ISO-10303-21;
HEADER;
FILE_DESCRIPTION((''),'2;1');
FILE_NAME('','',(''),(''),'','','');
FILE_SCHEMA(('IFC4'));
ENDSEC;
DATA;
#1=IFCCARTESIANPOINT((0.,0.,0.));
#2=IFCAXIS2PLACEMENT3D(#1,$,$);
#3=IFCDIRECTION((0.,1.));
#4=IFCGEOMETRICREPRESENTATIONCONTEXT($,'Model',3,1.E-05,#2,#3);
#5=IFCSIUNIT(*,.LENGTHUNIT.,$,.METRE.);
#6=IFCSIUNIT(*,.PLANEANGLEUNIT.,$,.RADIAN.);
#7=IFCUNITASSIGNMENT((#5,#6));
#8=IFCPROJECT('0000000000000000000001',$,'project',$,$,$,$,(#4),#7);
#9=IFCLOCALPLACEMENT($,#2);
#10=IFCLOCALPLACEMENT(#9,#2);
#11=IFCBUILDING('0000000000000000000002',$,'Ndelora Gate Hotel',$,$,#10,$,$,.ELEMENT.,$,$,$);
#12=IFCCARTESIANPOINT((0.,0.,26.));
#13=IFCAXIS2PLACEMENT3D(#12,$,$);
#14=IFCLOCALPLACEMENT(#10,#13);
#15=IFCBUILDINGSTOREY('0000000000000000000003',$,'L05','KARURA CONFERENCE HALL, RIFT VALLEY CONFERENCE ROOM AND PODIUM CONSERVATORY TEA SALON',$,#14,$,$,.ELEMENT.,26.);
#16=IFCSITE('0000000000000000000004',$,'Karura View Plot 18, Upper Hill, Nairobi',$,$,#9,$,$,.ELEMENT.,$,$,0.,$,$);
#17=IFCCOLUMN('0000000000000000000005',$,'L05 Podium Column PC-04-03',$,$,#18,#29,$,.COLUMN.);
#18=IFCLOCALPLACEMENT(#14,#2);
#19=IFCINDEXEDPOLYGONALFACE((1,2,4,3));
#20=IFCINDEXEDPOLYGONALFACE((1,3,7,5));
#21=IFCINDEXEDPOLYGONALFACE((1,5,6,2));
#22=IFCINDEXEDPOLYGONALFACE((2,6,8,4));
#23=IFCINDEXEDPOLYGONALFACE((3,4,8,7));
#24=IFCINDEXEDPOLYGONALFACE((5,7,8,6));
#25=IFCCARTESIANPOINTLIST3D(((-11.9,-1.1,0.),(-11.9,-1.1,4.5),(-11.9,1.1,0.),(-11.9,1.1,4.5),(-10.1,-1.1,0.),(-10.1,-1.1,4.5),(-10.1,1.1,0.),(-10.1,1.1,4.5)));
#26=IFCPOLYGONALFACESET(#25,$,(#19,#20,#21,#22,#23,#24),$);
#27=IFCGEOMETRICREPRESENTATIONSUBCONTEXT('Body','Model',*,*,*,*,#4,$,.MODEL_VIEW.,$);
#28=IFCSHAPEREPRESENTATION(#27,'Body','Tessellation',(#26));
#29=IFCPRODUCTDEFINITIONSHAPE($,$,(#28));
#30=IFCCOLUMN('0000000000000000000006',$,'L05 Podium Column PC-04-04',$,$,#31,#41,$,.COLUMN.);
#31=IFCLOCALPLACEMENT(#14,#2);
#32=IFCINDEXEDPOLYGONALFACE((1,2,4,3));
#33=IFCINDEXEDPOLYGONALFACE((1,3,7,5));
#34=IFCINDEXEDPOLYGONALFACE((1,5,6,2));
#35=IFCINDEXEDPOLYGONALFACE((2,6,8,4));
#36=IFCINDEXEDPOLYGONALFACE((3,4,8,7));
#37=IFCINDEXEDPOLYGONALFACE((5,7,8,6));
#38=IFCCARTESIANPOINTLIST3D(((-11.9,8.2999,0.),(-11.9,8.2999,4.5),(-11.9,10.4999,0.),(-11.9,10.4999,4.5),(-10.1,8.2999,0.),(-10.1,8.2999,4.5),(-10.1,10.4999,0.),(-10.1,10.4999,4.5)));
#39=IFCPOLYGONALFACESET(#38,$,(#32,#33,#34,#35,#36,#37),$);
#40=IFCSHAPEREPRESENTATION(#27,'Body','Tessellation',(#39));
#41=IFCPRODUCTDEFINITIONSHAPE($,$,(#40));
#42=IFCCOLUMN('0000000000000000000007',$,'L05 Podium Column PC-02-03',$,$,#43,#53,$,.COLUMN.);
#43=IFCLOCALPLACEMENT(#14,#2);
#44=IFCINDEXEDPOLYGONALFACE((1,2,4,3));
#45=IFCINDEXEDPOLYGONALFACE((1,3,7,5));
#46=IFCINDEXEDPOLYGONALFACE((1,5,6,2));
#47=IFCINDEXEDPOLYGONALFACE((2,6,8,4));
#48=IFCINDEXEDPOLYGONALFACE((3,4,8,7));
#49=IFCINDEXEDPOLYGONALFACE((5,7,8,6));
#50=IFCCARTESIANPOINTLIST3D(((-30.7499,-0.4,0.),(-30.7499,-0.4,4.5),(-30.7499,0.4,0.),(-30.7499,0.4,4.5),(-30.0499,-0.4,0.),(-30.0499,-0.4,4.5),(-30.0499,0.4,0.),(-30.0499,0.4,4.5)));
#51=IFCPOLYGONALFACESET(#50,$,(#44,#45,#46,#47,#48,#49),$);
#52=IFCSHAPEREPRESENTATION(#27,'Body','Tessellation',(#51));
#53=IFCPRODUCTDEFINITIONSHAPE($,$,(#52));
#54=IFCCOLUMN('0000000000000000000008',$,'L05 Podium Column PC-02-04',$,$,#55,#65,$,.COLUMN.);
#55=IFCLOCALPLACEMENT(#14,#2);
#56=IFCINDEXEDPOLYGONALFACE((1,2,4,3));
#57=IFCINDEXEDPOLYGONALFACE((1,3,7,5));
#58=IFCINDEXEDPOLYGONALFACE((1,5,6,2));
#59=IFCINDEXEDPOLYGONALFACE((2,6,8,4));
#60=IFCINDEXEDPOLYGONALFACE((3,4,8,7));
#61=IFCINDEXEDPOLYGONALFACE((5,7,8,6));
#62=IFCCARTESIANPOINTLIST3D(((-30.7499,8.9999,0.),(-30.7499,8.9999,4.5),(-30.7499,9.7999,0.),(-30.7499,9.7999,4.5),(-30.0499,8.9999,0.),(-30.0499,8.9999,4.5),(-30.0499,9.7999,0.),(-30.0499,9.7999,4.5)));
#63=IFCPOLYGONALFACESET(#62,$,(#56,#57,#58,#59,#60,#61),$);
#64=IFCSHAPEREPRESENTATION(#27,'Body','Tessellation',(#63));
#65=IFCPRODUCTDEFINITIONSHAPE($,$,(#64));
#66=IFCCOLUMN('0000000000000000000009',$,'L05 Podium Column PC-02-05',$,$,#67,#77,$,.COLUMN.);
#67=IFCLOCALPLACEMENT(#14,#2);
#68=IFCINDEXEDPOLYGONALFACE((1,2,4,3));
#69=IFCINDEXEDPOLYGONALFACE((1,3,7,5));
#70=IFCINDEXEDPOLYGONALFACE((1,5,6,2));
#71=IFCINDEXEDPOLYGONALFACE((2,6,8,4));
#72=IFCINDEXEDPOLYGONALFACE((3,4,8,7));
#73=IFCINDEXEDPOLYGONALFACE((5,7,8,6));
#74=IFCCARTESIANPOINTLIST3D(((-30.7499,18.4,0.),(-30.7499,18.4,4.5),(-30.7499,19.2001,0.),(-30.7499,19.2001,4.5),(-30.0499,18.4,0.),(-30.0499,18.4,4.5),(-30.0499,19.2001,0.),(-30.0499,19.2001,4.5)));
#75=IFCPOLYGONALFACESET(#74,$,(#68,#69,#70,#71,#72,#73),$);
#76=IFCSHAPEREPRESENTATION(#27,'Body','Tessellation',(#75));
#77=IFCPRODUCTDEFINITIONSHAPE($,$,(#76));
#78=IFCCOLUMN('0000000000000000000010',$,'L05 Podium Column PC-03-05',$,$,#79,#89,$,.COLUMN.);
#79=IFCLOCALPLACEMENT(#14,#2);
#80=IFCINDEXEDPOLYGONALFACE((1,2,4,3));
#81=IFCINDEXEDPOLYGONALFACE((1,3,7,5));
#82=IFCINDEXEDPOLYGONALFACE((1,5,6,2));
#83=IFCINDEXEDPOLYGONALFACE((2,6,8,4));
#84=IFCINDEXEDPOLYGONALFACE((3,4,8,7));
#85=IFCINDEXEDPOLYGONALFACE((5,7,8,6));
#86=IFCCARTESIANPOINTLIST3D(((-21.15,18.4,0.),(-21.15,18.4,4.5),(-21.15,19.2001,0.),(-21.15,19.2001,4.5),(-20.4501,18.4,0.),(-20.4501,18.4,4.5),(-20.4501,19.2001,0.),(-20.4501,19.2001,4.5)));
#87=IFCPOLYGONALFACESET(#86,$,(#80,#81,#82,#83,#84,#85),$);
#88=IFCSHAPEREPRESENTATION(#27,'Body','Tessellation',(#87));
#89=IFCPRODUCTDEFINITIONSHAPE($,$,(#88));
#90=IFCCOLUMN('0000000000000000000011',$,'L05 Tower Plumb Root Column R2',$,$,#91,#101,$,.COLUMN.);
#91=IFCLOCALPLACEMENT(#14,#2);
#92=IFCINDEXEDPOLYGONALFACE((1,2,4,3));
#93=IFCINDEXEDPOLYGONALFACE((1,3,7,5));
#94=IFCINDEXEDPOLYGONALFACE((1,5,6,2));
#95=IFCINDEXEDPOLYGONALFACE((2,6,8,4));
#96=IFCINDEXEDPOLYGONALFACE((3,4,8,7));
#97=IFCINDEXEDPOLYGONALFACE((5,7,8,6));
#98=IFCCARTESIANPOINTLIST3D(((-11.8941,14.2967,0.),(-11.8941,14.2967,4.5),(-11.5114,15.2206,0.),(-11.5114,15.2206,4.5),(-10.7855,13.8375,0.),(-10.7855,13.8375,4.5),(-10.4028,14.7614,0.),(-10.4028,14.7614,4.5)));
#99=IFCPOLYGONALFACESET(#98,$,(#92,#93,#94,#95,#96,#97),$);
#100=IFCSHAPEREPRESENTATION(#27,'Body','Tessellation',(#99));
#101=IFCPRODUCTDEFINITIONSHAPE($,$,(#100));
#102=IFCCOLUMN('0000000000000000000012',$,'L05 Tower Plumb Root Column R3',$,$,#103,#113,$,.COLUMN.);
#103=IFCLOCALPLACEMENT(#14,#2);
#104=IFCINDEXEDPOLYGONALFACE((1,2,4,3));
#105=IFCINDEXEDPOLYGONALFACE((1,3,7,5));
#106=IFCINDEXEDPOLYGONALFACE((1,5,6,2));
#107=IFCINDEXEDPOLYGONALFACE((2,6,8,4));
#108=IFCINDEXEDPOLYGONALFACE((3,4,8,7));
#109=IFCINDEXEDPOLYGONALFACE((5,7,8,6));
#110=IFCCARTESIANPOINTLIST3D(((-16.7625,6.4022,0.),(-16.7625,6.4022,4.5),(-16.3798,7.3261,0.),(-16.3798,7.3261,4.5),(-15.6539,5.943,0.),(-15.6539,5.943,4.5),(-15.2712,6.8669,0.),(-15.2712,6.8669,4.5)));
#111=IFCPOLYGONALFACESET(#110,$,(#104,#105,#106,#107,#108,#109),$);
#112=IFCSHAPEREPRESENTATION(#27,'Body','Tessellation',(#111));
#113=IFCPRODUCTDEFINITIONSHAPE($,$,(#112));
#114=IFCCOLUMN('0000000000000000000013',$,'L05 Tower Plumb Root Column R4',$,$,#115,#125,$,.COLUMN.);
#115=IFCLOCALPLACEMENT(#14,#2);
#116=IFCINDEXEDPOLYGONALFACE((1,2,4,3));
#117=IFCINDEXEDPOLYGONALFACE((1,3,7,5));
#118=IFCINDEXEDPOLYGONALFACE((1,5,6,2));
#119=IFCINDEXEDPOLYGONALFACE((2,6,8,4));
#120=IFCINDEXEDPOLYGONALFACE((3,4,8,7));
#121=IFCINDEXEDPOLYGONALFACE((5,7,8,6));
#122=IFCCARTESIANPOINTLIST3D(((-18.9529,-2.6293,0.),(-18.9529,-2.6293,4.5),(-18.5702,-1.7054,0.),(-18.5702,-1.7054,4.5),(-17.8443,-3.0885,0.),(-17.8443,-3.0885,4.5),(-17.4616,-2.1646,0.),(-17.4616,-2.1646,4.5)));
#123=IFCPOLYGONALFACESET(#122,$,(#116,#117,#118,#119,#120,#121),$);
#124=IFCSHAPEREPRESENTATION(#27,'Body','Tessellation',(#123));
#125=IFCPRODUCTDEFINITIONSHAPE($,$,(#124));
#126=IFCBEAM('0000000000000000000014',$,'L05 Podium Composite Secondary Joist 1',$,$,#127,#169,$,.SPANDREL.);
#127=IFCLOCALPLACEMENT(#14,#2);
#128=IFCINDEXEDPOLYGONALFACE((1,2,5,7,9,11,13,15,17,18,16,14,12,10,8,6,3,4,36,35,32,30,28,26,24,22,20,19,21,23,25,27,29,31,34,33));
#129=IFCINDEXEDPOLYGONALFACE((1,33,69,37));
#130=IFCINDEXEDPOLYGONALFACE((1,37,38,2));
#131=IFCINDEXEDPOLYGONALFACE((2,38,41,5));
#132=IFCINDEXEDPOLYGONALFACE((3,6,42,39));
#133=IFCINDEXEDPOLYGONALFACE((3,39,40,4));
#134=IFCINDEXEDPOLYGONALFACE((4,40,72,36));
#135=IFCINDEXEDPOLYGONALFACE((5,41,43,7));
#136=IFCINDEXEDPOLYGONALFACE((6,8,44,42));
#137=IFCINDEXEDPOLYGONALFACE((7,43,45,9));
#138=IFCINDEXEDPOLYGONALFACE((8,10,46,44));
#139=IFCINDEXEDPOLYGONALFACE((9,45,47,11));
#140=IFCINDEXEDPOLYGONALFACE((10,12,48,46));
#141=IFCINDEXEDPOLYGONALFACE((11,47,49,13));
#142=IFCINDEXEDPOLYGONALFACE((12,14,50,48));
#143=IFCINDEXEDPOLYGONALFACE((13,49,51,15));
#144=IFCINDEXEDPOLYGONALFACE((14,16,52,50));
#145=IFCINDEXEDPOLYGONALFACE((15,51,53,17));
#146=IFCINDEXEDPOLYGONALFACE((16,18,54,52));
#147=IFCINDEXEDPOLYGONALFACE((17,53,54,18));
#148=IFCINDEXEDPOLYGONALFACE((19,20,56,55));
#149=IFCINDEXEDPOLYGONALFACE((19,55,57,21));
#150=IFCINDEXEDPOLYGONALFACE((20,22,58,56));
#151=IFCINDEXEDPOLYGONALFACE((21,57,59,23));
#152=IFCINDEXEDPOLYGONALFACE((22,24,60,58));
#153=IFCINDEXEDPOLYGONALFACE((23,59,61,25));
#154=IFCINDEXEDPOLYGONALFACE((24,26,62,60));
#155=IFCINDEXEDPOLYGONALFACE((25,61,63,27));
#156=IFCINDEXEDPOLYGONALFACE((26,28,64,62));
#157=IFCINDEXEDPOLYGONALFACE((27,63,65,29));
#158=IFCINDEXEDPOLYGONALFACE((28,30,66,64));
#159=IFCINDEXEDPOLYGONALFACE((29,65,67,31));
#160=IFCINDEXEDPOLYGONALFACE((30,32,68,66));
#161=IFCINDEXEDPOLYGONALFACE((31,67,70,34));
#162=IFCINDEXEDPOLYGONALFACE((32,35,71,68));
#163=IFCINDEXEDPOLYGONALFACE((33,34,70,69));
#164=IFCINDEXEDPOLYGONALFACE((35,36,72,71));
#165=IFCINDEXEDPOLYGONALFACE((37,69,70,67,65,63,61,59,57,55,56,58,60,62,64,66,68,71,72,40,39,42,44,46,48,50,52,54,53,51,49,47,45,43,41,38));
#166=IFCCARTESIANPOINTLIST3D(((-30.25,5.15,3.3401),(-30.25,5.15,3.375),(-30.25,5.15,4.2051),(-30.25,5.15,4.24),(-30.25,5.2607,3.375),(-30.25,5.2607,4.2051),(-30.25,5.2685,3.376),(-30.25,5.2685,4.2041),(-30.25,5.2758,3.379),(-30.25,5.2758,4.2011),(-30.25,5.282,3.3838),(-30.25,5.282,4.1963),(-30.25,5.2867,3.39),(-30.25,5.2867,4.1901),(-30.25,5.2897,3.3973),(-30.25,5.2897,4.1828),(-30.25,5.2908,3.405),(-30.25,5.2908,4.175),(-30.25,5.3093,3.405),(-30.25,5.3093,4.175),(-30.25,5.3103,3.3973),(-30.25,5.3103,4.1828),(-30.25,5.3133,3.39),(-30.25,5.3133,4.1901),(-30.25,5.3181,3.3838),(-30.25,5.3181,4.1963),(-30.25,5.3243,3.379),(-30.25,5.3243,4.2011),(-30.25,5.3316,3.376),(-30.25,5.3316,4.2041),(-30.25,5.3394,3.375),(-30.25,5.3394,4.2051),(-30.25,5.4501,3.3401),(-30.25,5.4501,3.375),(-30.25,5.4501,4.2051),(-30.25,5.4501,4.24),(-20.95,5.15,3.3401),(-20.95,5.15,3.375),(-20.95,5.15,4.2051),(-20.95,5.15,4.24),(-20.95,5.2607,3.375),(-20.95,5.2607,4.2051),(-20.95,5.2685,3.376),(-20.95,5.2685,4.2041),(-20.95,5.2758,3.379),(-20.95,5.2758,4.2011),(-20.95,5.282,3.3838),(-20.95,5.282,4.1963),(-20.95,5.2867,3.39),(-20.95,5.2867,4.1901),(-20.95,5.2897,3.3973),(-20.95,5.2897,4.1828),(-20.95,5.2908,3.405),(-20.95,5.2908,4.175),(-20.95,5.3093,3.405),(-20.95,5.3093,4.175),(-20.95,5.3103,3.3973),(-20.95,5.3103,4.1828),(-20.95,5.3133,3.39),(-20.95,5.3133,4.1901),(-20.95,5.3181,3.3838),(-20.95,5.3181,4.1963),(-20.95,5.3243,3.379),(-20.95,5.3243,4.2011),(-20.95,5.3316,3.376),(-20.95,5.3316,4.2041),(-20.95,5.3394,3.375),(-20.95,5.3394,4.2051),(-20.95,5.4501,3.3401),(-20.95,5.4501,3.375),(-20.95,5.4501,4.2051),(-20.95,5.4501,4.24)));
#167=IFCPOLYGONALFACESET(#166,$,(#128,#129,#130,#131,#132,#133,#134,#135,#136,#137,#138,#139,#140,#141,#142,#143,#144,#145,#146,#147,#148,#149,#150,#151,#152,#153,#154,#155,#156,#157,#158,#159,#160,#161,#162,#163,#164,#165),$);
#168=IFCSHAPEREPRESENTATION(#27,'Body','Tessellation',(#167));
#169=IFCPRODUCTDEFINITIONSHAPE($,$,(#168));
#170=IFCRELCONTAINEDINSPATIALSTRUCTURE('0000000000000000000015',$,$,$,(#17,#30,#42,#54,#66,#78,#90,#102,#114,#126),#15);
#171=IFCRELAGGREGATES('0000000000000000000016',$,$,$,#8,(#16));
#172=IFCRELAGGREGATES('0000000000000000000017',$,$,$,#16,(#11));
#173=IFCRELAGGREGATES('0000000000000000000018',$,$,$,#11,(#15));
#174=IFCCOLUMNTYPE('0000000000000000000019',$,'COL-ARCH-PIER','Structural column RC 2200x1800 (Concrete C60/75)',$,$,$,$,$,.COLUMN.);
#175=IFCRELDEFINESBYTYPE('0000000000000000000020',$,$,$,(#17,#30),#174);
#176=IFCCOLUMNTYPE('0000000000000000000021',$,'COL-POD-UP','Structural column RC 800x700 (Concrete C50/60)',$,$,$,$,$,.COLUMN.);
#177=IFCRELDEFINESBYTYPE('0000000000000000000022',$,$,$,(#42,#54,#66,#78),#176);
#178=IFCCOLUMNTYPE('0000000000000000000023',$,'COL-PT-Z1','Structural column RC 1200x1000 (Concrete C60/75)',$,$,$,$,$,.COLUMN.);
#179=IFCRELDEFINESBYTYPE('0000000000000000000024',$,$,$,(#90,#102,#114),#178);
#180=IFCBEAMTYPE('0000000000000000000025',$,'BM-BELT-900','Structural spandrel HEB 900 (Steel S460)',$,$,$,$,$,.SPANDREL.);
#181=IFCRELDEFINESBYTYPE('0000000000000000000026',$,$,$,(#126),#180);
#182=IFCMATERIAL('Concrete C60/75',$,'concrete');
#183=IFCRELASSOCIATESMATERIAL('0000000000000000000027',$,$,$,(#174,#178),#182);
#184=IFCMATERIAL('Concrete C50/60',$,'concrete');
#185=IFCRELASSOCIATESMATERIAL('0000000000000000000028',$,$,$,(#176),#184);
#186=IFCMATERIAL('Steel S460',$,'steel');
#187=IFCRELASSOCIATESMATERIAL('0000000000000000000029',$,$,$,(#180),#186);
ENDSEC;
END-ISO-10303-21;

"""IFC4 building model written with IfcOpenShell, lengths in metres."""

from ifc_helpers import new_model, si_unit, direction, frame, origin, origin_2d, place, context, subcontext, project, spatial, rectangle, i_section, extrude, material, material_profile, profile_set, type_object, element, save


model = new_model("IFC4")

# Units and contexts
model_context = context("Model", 3, precision=1e-05, world=origin(), true_north=direction((0.0, 1.0)))
body_context = subcontext(model_context, "Body", "Model", "MODEL_VIEW")
ifc_project = project(units=[si_unit("LENGTHUNIT", "METRE"), si_unit("PLANEANGLEUNIT", "RADIAN")], contexts=[model_context])

# Site, building, storey
site_placement = place(None, origin())
site = spatial("IfcSite", under=ifc_project, at=site_placement, Name="Karura View Plot 18, Upper Hill, Nairobi", CompositionType="ELEMENT", RefElevation=0.0)
building_placement = place(site_placement, origin())
building = spatial("IfcBuilding", under=site, at=building_placement, Name="Ndelora Gate Hotel", CompositionType="ELEMENT")
storey_placement = place(building_placement, frame((0.0, 0.0, 26.0)))
storey = spatial("IfcBuildingStorey", under=building, at=storey_placement, Name="L05", Description="KARURA CONFERENCE HALL, RIFT VALLEY CONFERENCE ROOM AND PODIUM CONSERVATORY TEA SALON", CompositionType="ELEMENT", Elevation=26.0)

# Columns
ifc_material_1 = material(Name="Concrete C60/75", Category="concrete")
ifc_material_profile_1 = material_profile(ifc_material_1, rectangle(XDim=1.8, YDim=2.2, at=origin_2d()), Name="RC 2200x1800")
ifc_profile_set_1 = profile_set([ifc_material_profile_1], Name="Concrete C60/75")
column_type_1 = type_object("IfcColumnType", Name="COL-ARCH-PIER", Description="Structural column RC 2200x1800 (Concrete C60/75)", PredefinedType="COLUMN", material=ifc_profile_set_1)
for number, where, z_axis, x_axis, name in (
    (1, (-11.0, 0.0, 0.0), (0.0, 0.0, 1.0), (1.0, 0.0, 0.0), "L05 Podium Column PC-04-03"),
    (2, (-11.0, 9.3999, 0.0), (0.0, 0.0, 1.0), (1.0, 0.0, 0.0), "L05 Podium Column PC-04-04"),
):
    element("IfcColumn", number, at=place(storey_placement, frame(where, z_axis=z_axis, x_axis=x_axis)), inside=storey, type_object=column_type_1, Name=name, PredefinedType="COLUMN", context=body_context, shape_type="SweptSolid", body=[
        extrude(rectangle(XDim=1.8, YDim=2.2, at=origin_2d()), origin(), (0.0, 0.0, 1.0), 4.5),
    ])
ifc_material_2 = material(Name="Concrete C50/60", Category="concrete")
ifc_material_profile_2 = material_profile(ifc_material_2, rectangle(XDim=0.7, YDim=0.8, at=origin_2d()), Name="RC 800x700")
ifc_profile_set_2 = profile_set([ifc_material_profile_2], Name="Concrete C50/60")
column_type_2 = type_object("IfcColumnType", Name="COL-POD-UP", Description="Structural column RC 800x700 (Concrete C50/60)", PredefinedType="COLUMN", material=ifc_profile_set_2)
for number, where, z_axis, x_axis, name in (
    (3, (-30.3999, 0.0, 0.0), (0.0, 0.0, 1.0), (1.0, 0.0, 0.0), "L05 Podium Column PC-02-03"),
    (4, (-30.3999, 9.3999, 0.0), (0.0, 0.0, 1.0), (1.0, 0.0, 0.0), "L05 Podium Column PC-02-04"),
    (5, (-30.3999, 18.8, 0.0), (0.0, 0.0, 1.0), (1.0, 0.0, 0.0), "L05 Podium Column PC-02-05"),
    (6, (-20.8, 18.8, 0.0), (0.0, 0.0, 1.0), (1.0, 0.0, 0.0), "L05 Podium Column PC-03-05"),
):
    element("IfcColumn", number, at=place(storey_placement, frame(where, z_axis=z_axis, x_axis=x_axis)), inside=storey, type_object=column_type_2, Name=name, PredefinedType="COLUMN", context=body_context, shape_type="SweptSolid", body=[
        extrude(rectangle(XDim=0.7, YDim=0.8, at=origin_2d()), origin(), (0.0, 0.0, 1.0), 4.5),
    ])
ifc_material_profile_3 = material_profile(ifc_material_1, rectangle(XDim=1.0, YDim=1.2, at=origin_2d()), Name="RC 1200x1000")
ifc_profile_set_3 = profile_set([ifc_material_profile_3], Name="Concrete C60/75")
column_type_3 = type_object("IfcColumnType", Name="COL-PT-Z1", Description="Structural column RC 1200x1000 (Concrete C60/75)", PredefinedType="COLUMN", material=ifc_profile_set_3)
for number, where, z_axis, x_axis, name in (
    (7, (-11.1484, 14.5291, 0.0), (0.0, 0.0, 1.0), (0.382683, 0.92388, 0.0), "L05 Tower Plumb Root Column R2"),
    (8, (-16.0168, 6.6345, 0.0), (0.0, 0.0, 1.0), (0.382683, 0.92388, 0.0), "L05 Tower Plumb Root Column R3"),
    (9, (-18.2073, -2.397, 0.0), (0.0, 0.0, 1.0), (0.382683, 0.92388, 0.0), "L05 Tower Plumb Root Column R4"),
):
    element("IfcColumn", number, at=place(storey_placement, frame(where, z_axis=z_axis, x_axis=x_axis)), inside=storey, type_object=column_type_3, Name=name, PredefinedType="COLUMN", context=body_context, shape_type="SweptSolid", body=[
        extrude(rectangle(XDim=1.0, YDim=1.2, at=origin_2d()), origin(), (0.0, 0.0, 1.0), 4.5),
    ])

# Beam
ifc_material_3 = material(Name="Steel S460", Category="steel")
ifc_material_profile_4 = material_profile(ifc_material_3, i_section(OverallWidth=0.3, OverallDepth=0.8999, WebThickness=0.0186, FlangeThickness=0.0349, FilletRadius=0.03, at=origin_2d()), Name="HEB 900")
ifc_profile_set_4 = profile_set([ifc_material_profile_4], Name="Steel S460")
beam_type_1 = type_object("IfcBeamType", Name="BM-BELT-900", Description="Structural spandrel HEB 900 (Steel S460)", PredefinedType="SPANDREL", material=ifc_profile_set_4)
beam_1_placement = place(storey_placement, frame((-30.25, 5.3, 3.79), z_axis=(1.0, 0.0, 0.0), x_axis=(0.0, 1.0, 0.0)))
element("IfcBeam", 10, at=beam_1_placement, inside=storey, type_object=beam_type_1, Name="L05 Podium Composite Secondary Joist 1", PredefinedType="SPANDREL", context=body_context, shape_type="SweptSolid", body=[
    extrude(i_section(OverallWidth=0.3, OverallDepth=0.8999, WebThickness=0.0186, FlangeThickness=0.0349, FilletRadius=0.03, at=origin_2d()), origin(), (0.0, 0.0, 1.0), 9.3),
])

save(model, "model.ifc")
